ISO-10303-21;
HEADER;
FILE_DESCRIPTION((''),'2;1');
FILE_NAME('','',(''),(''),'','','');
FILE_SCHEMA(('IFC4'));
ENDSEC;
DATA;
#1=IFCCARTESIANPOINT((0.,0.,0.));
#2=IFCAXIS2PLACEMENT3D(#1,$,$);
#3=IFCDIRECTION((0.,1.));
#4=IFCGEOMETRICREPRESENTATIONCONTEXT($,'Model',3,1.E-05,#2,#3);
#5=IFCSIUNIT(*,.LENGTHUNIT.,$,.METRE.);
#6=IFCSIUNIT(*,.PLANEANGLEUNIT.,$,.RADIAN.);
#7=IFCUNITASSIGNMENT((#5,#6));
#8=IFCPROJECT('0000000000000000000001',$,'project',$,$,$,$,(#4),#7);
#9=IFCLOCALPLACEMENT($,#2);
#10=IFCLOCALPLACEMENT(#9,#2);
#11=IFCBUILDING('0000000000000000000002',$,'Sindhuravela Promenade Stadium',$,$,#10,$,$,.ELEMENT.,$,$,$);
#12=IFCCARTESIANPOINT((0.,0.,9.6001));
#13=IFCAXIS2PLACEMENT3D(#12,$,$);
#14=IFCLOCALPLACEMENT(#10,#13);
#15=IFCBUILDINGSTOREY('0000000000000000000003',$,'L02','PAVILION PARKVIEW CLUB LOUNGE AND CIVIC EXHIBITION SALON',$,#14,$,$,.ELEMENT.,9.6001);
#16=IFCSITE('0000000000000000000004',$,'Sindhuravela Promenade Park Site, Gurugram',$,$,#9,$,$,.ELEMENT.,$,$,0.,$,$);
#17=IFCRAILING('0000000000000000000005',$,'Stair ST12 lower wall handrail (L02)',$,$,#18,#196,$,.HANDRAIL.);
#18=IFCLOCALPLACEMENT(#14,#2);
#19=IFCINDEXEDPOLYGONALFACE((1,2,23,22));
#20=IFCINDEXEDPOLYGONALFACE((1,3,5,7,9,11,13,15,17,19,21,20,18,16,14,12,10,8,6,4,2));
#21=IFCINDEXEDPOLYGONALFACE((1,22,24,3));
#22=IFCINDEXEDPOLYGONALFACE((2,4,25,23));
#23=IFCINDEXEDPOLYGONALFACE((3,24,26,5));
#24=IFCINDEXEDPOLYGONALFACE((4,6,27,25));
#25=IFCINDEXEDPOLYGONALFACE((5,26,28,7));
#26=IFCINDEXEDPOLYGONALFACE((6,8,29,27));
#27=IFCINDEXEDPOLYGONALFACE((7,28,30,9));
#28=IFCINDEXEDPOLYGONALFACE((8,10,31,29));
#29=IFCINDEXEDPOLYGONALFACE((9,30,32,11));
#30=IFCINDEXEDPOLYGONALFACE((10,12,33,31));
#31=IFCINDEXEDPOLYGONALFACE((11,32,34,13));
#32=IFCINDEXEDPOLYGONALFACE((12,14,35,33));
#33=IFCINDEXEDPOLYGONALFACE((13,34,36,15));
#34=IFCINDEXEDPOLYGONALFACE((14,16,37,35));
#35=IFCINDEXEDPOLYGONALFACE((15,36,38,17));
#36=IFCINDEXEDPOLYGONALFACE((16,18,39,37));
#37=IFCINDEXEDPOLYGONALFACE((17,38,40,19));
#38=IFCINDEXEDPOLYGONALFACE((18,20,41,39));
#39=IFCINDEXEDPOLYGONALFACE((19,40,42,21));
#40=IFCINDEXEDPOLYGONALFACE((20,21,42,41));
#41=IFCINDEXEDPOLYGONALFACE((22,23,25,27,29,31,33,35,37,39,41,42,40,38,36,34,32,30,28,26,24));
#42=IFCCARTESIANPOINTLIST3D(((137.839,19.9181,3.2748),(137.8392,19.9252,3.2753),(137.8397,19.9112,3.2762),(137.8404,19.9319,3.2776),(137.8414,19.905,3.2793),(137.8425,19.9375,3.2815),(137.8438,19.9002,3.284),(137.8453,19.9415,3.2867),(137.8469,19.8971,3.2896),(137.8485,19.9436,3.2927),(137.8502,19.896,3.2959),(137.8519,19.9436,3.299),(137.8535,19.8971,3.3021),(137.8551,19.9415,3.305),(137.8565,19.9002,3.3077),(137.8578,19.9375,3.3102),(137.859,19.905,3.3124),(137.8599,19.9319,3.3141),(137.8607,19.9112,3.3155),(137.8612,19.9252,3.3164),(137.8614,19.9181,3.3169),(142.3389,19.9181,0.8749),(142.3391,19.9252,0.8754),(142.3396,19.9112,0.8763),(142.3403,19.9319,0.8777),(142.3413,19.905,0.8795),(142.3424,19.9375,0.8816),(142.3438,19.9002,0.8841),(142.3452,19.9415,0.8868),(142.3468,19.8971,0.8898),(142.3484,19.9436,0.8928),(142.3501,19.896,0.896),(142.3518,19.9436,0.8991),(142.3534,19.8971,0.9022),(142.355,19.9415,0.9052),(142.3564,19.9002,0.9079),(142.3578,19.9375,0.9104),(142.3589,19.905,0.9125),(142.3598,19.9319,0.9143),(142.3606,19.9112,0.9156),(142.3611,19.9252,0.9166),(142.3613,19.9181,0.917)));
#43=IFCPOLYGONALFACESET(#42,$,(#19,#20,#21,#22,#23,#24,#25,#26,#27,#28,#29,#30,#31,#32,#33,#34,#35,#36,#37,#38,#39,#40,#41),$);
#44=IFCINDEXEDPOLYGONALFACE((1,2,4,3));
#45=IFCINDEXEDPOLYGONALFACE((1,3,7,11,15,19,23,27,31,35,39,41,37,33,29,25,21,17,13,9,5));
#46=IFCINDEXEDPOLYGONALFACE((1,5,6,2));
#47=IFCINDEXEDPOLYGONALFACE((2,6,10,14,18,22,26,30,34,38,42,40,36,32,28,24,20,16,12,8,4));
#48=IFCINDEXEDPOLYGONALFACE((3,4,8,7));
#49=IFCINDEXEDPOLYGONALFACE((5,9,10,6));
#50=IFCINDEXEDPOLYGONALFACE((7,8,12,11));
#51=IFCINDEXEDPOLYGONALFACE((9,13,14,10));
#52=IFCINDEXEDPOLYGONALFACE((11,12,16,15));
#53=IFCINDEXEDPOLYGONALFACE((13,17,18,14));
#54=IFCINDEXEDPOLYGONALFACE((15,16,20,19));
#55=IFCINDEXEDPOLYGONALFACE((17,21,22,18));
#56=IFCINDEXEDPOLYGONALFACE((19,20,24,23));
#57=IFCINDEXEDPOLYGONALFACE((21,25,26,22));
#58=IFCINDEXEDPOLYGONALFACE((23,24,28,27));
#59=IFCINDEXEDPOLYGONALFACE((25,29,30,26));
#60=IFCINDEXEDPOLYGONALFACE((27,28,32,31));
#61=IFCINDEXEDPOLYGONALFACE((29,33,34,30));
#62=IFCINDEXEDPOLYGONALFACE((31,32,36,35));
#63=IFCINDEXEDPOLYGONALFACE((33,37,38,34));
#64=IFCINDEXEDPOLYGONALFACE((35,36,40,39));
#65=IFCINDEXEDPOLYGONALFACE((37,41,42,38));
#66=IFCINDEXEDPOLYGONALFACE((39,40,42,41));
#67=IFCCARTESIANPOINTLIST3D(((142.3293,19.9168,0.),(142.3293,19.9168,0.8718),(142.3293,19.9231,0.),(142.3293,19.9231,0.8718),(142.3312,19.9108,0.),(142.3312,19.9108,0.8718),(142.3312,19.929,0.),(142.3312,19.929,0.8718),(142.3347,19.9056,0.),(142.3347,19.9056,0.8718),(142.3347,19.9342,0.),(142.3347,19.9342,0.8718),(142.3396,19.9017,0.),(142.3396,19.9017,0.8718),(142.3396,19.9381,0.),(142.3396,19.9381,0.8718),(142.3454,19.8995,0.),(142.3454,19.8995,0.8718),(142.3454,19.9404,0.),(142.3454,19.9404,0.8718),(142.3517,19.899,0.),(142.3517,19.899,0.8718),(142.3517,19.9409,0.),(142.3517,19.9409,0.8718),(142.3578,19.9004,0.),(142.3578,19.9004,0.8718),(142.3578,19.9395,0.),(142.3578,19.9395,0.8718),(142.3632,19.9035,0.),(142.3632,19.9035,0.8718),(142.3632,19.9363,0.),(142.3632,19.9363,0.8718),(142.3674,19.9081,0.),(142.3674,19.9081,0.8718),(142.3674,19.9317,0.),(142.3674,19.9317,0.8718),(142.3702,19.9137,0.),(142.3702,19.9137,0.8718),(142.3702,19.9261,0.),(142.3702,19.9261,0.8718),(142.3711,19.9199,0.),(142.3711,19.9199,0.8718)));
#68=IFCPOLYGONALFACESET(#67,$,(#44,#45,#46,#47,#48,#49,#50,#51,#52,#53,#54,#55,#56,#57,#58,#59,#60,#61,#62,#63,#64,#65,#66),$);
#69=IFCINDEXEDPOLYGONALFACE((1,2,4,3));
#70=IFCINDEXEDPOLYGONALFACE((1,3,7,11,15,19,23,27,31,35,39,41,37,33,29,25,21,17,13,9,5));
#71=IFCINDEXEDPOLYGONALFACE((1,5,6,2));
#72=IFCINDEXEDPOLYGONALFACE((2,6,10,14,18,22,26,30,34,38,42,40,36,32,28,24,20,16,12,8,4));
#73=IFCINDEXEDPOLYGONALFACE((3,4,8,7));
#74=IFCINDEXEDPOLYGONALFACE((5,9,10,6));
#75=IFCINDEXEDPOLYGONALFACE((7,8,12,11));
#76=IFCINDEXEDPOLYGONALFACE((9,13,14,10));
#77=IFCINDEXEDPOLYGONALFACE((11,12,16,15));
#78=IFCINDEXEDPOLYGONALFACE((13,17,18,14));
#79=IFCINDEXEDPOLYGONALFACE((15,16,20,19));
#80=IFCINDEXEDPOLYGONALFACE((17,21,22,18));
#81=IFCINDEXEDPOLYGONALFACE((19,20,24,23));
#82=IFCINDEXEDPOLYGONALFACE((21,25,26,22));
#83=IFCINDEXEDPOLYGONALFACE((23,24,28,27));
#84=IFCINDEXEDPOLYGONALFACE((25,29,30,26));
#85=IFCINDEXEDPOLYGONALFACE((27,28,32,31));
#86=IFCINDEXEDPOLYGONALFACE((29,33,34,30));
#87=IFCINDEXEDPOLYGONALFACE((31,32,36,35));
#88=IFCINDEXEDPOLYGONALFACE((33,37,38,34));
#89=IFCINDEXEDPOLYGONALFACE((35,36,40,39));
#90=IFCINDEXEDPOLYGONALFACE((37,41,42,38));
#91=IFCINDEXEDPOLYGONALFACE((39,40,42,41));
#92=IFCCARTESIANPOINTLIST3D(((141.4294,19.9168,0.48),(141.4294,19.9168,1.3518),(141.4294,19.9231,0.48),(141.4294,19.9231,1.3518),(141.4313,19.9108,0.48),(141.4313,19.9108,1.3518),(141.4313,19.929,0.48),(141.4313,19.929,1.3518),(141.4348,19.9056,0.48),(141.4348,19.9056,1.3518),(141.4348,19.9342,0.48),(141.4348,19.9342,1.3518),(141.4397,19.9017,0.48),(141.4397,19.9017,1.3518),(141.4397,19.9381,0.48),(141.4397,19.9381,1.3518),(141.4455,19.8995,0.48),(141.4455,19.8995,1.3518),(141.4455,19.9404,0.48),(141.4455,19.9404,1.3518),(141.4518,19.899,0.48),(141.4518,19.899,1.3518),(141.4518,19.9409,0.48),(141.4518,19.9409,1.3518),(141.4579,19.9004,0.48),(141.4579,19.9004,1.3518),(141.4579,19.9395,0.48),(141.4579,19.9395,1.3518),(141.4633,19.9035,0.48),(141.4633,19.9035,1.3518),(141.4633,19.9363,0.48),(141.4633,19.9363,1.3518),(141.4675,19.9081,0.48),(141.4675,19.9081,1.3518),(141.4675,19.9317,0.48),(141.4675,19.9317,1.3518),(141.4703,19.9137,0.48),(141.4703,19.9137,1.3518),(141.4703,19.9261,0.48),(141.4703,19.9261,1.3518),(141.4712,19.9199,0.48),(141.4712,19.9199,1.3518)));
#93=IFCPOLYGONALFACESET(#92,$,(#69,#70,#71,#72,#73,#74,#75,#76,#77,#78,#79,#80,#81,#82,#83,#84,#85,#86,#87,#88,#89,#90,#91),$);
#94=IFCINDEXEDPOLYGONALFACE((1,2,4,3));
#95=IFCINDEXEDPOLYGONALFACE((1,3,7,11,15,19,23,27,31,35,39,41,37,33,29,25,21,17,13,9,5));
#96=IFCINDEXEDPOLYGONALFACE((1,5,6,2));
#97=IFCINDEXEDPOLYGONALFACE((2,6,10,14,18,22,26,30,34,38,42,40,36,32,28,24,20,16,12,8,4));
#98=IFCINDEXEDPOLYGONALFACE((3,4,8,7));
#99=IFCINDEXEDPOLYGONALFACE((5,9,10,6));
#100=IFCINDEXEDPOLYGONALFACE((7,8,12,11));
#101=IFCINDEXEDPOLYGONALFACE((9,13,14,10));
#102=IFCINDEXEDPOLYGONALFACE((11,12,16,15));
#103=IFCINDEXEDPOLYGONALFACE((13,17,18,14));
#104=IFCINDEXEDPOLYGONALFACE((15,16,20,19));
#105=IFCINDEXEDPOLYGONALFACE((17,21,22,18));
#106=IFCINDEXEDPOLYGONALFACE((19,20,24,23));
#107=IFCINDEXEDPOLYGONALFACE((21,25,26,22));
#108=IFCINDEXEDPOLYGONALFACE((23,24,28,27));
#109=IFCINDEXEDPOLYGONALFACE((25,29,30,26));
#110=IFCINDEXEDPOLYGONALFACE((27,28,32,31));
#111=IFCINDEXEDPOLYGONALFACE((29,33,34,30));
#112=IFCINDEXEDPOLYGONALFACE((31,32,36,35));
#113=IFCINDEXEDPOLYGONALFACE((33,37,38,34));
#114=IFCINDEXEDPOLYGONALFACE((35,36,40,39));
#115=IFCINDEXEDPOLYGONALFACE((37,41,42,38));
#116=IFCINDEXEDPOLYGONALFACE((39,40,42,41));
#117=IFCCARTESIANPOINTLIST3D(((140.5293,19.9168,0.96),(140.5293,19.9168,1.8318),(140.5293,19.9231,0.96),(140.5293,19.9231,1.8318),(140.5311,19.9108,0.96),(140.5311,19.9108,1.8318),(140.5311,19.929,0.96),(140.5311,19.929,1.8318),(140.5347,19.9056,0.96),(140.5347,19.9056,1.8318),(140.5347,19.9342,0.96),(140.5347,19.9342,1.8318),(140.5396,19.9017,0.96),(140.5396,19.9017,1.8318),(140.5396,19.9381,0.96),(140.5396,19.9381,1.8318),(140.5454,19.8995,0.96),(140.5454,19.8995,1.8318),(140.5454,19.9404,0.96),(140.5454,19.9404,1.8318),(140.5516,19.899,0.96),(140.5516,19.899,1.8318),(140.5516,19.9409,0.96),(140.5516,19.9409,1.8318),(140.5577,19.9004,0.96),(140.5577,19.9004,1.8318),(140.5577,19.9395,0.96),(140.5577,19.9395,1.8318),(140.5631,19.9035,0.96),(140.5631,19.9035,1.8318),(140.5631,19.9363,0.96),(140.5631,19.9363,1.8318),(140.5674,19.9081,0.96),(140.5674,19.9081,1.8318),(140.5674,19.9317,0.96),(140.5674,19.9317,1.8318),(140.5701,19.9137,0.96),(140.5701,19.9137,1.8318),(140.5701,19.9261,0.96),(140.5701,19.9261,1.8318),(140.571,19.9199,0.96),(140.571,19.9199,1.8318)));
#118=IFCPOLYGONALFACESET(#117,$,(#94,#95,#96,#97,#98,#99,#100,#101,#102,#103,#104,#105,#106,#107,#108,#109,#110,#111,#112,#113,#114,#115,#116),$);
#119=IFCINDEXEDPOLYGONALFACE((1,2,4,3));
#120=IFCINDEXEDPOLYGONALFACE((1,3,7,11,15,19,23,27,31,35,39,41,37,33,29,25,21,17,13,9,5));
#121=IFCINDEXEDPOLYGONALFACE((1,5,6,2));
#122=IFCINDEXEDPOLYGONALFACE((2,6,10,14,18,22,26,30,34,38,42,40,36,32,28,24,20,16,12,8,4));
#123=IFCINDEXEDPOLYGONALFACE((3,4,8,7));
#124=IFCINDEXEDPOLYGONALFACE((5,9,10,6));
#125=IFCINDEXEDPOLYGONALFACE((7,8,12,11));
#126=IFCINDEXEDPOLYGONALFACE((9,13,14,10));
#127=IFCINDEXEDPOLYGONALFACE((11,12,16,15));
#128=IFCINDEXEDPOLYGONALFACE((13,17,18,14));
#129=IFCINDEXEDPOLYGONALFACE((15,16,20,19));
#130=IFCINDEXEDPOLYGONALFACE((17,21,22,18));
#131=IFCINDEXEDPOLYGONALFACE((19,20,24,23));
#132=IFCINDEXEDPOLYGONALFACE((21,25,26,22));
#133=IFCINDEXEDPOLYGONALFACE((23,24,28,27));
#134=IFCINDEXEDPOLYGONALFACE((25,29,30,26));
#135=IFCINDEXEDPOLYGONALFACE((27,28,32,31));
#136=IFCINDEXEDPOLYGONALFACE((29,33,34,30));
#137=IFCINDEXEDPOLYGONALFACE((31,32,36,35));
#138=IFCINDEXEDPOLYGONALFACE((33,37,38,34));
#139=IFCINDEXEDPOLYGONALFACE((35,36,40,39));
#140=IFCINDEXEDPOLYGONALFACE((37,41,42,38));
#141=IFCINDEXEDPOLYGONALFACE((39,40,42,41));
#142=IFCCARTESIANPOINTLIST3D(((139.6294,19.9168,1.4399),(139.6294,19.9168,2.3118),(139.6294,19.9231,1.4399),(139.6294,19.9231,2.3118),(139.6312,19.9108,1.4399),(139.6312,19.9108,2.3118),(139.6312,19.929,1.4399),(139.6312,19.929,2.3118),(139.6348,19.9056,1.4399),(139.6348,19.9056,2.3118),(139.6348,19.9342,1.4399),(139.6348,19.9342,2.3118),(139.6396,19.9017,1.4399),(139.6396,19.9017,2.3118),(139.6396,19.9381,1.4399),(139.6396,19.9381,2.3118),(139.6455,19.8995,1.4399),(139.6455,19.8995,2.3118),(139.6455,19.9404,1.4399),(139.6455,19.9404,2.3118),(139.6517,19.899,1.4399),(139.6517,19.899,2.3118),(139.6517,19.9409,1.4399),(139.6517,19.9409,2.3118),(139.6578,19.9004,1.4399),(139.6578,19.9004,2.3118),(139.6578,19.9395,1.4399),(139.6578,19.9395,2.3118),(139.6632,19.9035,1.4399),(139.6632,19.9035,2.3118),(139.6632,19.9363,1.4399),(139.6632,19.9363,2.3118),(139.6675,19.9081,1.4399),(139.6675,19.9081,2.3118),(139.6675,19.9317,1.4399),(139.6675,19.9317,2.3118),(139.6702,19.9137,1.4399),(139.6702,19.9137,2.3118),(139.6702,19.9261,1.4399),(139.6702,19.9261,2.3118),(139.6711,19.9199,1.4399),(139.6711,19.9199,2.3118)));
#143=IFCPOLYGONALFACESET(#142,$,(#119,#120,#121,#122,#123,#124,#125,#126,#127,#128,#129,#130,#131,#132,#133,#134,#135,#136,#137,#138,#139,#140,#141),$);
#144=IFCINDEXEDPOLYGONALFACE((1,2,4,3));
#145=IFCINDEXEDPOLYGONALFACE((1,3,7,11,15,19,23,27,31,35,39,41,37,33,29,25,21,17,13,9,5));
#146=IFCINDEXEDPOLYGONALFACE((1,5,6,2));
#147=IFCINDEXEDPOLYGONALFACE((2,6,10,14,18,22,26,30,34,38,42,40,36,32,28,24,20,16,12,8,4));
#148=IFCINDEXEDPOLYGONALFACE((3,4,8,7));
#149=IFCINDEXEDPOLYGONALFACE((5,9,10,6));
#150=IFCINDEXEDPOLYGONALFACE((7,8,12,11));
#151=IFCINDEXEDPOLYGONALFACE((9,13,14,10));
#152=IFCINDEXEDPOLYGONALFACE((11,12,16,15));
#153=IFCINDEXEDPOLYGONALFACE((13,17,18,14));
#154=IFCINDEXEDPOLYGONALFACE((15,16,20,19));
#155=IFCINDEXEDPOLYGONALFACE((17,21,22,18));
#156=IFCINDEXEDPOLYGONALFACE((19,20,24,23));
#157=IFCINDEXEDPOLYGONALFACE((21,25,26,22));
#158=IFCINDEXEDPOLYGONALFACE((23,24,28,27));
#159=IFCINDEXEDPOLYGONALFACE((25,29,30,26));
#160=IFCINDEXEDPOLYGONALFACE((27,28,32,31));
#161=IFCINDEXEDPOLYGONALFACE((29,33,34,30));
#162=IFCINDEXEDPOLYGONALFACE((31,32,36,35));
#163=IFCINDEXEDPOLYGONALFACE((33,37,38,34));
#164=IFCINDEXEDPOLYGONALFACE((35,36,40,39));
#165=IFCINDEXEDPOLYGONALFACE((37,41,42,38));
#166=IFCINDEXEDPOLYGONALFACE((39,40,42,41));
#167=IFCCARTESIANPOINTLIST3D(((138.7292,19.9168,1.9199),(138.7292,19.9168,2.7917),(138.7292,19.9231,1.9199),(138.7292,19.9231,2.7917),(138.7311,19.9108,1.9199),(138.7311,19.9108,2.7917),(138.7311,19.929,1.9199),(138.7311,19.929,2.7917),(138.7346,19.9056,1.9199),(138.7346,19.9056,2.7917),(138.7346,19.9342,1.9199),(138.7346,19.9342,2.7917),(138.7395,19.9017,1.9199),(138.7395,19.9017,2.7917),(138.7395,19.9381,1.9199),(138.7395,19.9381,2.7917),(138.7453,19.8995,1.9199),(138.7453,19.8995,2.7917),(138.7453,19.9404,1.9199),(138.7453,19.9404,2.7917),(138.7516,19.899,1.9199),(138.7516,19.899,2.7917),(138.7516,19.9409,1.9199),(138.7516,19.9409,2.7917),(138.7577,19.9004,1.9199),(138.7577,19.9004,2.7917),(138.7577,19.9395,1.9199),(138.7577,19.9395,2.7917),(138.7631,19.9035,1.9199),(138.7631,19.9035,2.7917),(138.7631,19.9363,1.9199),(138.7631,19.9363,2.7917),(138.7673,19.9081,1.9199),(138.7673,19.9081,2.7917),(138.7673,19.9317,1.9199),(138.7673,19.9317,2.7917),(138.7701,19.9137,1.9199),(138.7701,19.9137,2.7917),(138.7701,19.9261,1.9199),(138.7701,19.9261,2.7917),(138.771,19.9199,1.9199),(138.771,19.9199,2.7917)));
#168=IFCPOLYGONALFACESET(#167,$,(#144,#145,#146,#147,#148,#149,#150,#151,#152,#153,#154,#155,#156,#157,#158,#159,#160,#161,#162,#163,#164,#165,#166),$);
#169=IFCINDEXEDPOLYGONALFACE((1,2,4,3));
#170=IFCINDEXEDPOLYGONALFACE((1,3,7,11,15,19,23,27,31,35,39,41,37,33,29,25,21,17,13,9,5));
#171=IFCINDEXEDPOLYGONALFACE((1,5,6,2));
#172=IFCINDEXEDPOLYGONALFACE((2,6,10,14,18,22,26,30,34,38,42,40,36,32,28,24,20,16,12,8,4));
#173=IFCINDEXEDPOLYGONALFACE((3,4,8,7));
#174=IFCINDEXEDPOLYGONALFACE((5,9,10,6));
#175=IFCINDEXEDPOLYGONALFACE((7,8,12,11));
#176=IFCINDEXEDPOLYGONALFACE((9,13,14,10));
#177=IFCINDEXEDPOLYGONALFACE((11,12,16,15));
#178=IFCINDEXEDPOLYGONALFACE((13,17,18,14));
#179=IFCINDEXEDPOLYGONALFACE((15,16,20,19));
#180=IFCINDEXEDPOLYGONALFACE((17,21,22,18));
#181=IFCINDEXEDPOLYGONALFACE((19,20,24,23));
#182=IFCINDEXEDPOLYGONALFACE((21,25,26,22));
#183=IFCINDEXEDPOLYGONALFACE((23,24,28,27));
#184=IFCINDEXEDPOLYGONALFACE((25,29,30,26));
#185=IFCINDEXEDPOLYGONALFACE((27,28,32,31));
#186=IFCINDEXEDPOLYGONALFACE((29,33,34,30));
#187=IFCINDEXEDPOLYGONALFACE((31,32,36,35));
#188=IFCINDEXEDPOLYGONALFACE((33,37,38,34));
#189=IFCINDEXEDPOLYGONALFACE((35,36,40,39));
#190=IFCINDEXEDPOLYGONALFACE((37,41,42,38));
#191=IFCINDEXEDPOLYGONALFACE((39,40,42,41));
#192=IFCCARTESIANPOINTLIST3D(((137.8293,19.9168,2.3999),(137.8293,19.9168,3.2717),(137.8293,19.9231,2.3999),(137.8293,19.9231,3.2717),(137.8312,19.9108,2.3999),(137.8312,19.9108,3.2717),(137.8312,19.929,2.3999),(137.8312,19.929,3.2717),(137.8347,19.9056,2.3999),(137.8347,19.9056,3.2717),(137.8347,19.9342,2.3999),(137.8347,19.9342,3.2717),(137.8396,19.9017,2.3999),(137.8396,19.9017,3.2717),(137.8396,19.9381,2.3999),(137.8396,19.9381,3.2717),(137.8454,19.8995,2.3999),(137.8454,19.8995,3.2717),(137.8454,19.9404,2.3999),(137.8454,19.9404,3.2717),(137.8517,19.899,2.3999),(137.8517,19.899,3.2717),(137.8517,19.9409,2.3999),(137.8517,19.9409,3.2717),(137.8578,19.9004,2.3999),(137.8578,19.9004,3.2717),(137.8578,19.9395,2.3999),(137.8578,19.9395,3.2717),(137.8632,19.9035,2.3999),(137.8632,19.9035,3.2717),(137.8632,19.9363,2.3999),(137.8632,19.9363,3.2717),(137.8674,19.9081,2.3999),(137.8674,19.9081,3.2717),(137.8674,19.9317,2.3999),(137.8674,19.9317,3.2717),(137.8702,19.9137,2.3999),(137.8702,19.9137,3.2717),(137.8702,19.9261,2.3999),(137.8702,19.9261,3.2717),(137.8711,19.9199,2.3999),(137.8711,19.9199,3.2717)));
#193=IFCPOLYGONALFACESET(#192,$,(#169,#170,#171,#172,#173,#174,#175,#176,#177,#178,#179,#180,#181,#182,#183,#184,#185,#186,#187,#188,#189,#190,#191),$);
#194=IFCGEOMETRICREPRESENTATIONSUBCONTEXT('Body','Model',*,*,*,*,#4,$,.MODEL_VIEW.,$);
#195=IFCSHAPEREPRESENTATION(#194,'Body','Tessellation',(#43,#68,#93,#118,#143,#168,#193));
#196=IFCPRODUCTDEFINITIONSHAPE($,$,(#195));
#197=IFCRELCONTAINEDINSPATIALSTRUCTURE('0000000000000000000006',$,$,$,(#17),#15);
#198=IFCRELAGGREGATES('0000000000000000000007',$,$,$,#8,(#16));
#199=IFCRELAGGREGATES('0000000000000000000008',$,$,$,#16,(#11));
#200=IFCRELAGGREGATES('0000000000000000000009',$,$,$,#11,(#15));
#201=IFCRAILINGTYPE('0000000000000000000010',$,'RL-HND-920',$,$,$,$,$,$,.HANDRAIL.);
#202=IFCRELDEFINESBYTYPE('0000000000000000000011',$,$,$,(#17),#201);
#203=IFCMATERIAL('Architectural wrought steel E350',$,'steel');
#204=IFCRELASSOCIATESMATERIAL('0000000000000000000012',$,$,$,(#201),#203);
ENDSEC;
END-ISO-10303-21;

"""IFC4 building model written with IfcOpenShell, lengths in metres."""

from ifc_helpers import new_model, si_unit, direction, frame, origin, origin_2d, place, context, subcontext, project, spatial, circle, extrude, material, type_object, element, save


model = new_model("IFC4")

# Units and contexts
model_context = context("Model", 3, precision=1e-05, world=origin(), true_north=direction((0.0, 1.0)))
body_context = subcontext(model_context, "Body", "Model", "MODEL_VIEW")
ifc_project = project(units=[si_unit("LENGTHUNIT", "METRE"), si_unit("PLANEANGLEUNIT", "RADIAN")], contexts=[model_context])

# Site, building, storey
site_placement = place(None, origin())
site = spatial("IfcSite", under=ifc_project, at=site_placement, Name="Sindhuravela Promenade Park Site, Gurugram", CompositionType="ELEMENT", RefElevation=0.0)
building_placement = place(site_placement, origin())
building = spatial("IfcBuilding", under=site, at=building_placement, Name="Sindhuravela Promenade Stadium", CompositionType="ELEMENT")
storey_placement = place(building_placement, frame((0.0, 0.0, 9.6001)))
storey = spatial("IfcBuildingStorey", under=building, at=storey_placement, Name="L02", Description="PAVILION PARKVIEW CLUB LOUNGE AND CIVIC EXHIBITION SALON", CompositionType="ELEMENT", Elevation=9.6001)

# Shared definitions
ifc_material_1 = material(Name="Architectural wrought steel E350", Category="steel")

# Railing
railing_type_1 = type_object("IfcRailingType", Name="RL-HND-920", PredefinedType="HANDRAIL", material=ifc_material_1)
railing_1_placement = place(storey_placement, frame((142.3501, 19.9199, 0.0)))
element("IfcRailing", 1, at=railing_1_placement, inside=storey, type_object=railing_type_1, Name="Stair ST12 lower wall handrail (L02)", PredefinedType="HANDRAIL", context=body_context, shape_type="SweptSolid", body=[
    extrude(circle(Radius=0.0239, at=origin_2d()), frame((0.0, 0.0, 0.896), z_axis=(-0.882361, 0.0, 0.470573), x_axis=(0.0, -1.0, 0.0)), (0.0, 0.0, 1.0), 5.0999),
    extrude(circle(Radius=0.021, at=origin_2d()), origin(), (0.0, 0.0, 1.0), 0.8718),
    extrude(circle(Radius=0.021, at=origin_2d()), frame((-0.8999, 0.0, 0.48)), (0.0, 0.0, 1.0), 0.8718),
    extrude(circle(Radius=0.021, at=origin_2d()), frame((-1.8, 0.0, 0.96)), (0.0, 0.0, 1.0), 0.8718),
    extrude(circle(Radius=0.021, at=origin_2d()), frame((-2.7, 0.0, 1.4399)), (0.0, 0.0, 1.0), 0.8718),
    extrude(circle(Radius=0.021, at=origin_2d()), frame((-3.6001, 0.0, 1.9199)), (0.0, 0.0, 1.0), 0.8718),
    extrude(circle(Radius=0.021, at=origin_2d()), frame((-4.5, 0.0, 2.3999)), (0.0, 0.0, 1.0), 0.8718),
])

save(model, "model.ifc")
